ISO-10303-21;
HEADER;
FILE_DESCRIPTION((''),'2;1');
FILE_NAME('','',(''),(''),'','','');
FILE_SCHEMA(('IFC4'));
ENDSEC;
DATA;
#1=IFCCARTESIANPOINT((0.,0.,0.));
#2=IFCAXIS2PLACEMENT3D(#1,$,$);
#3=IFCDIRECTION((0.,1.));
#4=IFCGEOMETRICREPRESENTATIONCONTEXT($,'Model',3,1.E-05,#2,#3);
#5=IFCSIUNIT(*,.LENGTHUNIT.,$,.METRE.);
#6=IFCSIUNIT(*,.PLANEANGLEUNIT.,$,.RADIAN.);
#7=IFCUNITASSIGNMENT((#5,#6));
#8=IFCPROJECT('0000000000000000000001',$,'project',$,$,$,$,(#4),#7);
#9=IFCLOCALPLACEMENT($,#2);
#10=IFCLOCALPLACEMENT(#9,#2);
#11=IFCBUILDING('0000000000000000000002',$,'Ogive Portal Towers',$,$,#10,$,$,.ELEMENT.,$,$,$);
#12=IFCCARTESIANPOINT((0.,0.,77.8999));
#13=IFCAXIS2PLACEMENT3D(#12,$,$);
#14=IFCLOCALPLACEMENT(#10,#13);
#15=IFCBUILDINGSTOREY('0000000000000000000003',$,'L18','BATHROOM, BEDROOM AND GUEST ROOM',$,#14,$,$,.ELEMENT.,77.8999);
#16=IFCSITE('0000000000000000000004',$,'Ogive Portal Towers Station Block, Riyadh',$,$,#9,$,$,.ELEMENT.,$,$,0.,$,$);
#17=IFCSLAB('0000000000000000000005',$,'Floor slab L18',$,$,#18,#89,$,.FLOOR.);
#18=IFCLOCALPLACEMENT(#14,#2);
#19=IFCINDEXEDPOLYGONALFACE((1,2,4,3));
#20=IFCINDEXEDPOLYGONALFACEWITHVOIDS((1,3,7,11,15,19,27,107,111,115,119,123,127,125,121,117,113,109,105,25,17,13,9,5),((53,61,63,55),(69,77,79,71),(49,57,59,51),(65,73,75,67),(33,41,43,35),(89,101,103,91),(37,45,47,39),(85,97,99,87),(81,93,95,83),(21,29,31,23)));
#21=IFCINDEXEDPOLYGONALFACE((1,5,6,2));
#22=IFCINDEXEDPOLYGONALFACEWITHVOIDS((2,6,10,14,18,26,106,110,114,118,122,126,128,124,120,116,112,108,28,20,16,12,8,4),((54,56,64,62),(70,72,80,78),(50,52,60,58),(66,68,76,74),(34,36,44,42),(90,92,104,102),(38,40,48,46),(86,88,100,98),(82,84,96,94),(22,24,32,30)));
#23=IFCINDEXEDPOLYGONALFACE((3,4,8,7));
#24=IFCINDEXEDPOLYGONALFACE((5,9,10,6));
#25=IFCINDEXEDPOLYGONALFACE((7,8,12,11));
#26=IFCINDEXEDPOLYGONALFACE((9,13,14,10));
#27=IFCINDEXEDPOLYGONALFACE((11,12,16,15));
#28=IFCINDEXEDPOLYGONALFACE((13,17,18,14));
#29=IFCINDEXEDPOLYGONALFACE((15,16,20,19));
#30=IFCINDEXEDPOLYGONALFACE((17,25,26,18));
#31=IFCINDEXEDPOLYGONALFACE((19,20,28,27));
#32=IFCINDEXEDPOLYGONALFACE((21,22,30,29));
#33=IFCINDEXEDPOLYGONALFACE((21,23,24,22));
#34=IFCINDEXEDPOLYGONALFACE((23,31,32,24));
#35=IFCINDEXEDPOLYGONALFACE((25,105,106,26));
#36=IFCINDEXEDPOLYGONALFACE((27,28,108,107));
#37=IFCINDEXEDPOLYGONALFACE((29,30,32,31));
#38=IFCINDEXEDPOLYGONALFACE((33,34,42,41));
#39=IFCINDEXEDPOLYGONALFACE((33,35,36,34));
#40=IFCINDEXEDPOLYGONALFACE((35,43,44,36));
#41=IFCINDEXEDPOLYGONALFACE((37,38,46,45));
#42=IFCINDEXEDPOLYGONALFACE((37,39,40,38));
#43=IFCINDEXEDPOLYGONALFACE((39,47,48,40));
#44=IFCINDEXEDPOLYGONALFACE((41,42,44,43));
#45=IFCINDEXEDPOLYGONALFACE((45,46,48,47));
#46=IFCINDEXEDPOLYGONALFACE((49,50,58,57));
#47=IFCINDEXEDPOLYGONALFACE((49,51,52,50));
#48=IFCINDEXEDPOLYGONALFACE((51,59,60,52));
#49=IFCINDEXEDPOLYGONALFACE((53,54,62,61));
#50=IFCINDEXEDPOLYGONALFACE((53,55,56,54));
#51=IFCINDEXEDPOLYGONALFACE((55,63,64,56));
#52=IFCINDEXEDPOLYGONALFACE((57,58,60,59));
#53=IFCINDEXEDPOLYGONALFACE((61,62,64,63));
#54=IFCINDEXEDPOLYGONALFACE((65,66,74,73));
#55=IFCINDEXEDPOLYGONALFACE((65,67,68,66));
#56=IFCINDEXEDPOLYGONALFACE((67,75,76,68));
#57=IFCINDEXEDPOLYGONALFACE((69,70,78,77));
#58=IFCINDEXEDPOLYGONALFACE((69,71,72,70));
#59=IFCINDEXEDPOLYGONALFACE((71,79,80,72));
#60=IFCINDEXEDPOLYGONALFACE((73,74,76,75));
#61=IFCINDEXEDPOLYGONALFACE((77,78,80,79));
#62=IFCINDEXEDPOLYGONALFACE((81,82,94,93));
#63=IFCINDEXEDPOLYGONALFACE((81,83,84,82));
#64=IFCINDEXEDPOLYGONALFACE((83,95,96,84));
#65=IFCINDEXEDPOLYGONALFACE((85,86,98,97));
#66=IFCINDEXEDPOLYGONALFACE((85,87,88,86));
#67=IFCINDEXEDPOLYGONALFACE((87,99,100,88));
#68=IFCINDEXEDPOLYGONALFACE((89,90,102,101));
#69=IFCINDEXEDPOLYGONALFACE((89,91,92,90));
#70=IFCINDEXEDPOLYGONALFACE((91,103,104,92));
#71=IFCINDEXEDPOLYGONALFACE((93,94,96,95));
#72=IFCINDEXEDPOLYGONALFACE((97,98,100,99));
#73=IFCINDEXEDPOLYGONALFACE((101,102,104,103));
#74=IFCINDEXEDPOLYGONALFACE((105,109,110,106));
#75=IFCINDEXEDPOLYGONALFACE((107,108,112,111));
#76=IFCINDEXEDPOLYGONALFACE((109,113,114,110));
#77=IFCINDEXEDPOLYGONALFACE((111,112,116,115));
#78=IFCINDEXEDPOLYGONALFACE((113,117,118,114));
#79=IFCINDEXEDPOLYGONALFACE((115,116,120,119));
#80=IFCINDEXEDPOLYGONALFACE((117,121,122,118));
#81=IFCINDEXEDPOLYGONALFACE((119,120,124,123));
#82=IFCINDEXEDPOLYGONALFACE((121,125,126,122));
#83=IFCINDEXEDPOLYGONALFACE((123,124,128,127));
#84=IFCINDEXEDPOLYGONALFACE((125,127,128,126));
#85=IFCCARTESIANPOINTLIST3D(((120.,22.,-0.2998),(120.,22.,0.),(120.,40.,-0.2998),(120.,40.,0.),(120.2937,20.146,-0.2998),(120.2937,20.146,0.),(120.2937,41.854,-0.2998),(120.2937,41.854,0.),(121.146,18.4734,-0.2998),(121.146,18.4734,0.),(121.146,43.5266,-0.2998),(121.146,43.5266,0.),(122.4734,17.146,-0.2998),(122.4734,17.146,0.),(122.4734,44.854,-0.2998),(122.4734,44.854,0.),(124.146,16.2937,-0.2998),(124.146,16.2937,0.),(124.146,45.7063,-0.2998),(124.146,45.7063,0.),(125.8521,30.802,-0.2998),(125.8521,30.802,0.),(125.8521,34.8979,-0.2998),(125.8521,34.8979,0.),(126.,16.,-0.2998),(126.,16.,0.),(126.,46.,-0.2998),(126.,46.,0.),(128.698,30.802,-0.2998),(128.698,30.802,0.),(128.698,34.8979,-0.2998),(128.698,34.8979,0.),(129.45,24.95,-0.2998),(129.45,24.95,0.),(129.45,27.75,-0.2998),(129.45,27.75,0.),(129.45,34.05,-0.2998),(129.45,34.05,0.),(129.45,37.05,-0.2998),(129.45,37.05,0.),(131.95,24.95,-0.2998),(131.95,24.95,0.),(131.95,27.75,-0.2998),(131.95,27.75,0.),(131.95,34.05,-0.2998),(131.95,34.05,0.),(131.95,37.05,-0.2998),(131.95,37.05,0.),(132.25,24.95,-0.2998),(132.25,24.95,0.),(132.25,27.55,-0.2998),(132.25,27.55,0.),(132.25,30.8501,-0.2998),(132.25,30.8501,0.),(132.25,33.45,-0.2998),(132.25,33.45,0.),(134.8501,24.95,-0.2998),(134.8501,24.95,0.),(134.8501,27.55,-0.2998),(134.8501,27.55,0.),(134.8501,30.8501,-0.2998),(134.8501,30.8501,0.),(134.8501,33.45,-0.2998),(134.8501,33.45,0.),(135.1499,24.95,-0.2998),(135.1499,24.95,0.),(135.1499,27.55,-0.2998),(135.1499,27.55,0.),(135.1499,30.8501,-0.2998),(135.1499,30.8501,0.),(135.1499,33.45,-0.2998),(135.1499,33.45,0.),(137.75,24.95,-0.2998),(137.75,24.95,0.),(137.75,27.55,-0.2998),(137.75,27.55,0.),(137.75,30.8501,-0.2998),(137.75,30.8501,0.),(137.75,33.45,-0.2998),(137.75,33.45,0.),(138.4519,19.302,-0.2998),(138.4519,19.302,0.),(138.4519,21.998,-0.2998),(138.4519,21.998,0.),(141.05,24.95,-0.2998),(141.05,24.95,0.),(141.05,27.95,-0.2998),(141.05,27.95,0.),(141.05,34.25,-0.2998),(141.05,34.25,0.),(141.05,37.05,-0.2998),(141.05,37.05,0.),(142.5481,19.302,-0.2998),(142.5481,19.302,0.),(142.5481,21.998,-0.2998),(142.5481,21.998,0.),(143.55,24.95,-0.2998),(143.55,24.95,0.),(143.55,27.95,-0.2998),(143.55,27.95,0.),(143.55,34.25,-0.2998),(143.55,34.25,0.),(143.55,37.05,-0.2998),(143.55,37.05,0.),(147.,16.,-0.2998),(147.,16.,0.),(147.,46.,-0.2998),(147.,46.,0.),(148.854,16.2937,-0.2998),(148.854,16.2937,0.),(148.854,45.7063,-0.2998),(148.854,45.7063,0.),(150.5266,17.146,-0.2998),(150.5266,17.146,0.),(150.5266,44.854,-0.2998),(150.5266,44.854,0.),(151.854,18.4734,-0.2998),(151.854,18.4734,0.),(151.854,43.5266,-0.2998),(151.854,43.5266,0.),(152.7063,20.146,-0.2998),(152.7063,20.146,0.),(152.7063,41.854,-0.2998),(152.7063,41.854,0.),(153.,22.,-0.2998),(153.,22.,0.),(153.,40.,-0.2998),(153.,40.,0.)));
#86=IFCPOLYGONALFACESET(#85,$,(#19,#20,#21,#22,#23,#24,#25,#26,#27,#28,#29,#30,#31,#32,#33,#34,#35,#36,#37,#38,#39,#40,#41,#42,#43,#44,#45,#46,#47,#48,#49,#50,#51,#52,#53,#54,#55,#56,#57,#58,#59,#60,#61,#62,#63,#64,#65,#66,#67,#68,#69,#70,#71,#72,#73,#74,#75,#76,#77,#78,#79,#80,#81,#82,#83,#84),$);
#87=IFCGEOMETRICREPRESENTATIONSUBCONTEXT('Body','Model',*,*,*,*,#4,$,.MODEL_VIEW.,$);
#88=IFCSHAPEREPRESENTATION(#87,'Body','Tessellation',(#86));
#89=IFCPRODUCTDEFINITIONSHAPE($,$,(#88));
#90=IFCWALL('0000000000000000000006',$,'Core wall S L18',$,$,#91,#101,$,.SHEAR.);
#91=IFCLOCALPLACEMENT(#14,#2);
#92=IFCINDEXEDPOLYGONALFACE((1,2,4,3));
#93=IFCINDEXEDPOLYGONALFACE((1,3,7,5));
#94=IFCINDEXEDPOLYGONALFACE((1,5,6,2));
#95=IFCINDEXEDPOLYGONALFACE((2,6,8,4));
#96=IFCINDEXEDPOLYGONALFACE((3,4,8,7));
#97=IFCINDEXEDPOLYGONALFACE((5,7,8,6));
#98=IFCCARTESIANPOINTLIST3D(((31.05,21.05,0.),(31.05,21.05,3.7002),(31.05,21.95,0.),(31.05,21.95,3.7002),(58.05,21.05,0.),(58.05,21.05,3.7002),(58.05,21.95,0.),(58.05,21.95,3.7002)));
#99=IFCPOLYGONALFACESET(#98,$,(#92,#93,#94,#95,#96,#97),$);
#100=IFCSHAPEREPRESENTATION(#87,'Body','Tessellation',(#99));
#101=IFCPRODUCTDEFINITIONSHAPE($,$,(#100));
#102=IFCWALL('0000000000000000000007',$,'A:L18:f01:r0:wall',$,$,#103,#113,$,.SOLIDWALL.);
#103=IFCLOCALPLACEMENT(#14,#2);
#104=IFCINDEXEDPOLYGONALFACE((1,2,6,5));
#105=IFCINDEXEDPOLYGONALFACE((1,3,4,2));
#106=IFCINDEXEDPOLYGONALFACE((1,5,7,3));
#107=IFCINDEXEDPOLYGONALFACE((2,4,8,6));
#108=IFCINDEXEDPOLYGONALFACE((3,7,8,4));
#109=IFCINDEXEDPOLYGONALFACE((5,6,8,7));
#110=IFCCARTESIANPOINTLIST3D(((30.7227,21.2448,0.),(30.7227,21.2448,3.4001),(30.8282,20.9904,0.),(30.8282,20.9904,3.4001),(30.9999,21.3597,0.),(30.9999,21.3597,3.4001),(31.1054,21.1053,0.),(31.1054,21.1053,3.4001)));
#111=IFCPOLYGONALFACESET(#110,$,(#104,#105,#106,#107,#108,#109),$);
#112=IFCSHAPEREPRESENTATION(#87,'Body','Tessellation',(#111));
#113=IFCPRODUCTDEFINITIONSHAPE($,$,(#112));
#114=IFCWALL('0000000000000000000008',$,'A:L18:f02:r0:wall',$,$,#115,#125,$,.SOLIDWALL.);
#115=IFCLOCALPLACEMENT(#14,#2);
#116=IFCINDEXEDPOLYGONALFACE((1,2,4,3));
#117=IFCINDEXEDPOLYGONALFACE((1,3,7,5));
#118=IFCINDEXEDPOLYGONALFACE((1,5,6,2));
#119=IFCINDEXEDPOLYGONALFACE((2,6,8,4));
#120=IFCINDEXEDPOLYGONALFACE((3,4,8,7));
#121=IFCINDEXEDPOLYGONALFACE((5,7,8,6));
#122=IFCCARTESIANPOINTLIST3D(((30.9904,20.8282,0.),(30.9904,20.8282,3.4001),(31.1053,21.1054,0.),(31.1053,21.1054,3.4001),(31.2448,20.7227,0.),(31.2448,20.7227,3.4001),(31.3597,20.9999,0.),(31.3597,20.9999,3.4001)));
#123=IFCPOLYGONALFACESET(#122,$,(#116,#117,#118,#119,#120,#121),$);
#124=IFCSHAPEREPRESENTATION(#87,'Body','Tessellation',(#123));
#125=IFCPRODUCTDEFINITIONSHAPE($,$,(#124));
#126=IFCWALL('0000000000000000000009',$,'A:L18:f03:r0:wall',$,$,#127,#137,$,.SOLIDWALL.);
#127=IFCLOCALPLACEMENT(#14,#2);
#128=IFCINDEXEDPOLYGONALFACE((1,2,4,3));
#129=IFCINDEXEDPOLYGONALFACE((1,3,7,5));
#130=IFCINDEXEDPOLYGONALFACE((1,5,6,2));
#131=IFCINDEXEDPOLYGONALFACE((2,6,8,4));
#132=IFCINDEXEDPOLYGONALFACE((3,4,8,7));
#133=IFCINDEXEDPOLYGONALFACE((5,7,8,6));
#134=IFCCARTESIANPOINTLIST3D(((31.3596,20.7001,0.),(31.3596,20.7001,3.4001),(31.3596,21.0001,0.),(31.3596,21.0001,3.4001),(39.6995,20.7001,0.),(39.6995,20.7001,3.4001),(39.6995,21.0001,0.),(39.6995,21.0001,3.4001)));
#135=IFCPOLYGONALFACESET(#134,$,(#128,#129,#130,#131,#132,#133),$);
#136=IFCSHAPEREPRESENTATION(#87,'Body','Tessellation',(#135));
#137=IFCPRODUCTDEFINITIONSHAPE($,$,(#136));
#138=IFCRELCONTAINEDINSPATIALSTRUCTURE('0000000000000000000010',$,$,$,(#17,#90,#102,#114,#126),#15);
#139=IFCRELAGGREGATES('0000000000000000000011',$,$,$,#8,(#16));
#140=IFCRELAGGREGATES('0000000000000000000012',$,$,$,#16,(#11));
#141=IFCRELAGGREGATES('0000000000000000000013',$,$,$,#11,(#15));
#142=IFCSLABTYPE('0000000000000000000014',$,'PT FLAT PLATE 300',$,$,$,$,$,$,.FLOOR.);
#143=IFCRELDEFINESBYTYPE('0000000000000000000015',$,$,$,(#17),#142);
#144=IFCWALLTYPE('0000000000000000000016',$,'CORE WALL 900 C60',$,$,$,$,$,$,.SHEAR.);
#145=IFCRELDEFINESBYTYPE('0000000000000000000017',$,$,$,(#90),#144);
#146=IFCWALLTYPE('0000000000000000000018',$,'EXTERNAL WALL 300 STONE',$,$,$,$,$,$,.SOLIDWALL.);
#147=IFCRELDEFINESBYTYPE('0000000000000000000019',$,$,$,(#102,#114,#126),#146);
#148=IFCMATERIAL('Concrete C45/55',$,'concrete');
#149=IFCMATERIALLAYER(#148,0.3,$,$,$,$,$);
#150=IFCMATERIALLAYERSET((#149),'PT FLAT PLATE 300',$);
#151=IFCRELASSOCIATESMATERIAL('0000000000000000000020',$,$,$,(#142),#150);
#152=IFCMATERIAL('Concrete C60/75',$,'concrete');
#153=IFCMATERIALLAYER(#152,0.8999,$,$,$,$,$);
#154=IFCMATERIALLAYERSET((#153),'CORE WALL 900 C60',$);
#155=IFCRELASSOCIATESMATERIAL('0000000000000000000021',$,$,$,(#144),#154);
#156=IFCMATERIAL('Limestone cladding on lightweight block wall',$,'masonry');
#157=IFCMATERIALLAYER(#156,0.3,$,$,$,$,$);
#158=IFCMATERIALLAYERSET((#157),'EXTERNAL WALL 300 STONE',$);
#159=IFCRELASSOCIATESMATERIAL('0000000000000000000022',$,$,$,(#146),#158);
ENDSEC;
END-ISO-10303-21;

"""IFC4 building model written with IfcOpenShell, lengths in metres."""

from ifc_helpers import new_model, si_unit, direction, frame, frame_2d, origin, place, context, subcontext, project, spatial, polyline, rectangle, outline, extrude, material, layer, layer_set, type_object, element, save


model = new_model("IFC4")

# Units and contexts
model_context = context("Model", 3, precision=1e-05, world=origin(), true_north=direction((0.0, 1.0)))
body_context = subcontext(model_context, "Body", "Model", "MODEL_VIEW")
ifc_project = project(units=[si_unit("LENGTHUNIT", "METRE"), si_unit("PLANEANGLEUNIT", "RADIAN")], contexts=[model_context])

# Site, building, storey
site_placement = place(None, origin())
site = spatial("IfcSite", under=ifc_project, at=site_placement, Name="Ogive Portal Towers Station Block, Riyadh", CompositionType="ELEMENT", RefElevation=0.0)
building_placement = place(site_placement, origin())
building = spatial("IfcBuilding", under=site, at=building_placement, Name="Ogive Portal Towers", CompositionType="ELEMENT")
storey_placement = place(building_placement, frame((0.0, 0.0, 77.8999)))
storey = spatial("IfcBuildingStorey", under=building, at=storey_placement, Name="L18", Description="BATHROOM, BEDROOM AND GUEST ROOM", CompositionType="ELEMENT", Elevation=77.8999)

# Slab
ifc_material_1 = material(Name="Concrete C45/55", Category="concrete")
ifc_layer_1 = layer(ifc_material_1, 0.3)
ifc_layer_set_1 = layer_set([ifc_layer_1], Name="PT FLAT PLATE 300")
slab_type_1 = type_object("IfcSlabType", Name="PT FLAT PLATE 300", PredefinedType="FLOOR", material=ifc_layer_set_1)
slab_1_placement = place(storey_placement, frame((0.0, 0.0, -0.2998)))
element("IfcSlab", 1, at=slab_1_placement, inside=storey, type_object=slab_type_1, Name="Floor slab L18", PredefinedType="FLOOR", context=body_context, shape_type="SweptSolid", body=[
    extrude(outline(polyline([(120.0, 40.0), (120.0, 22.0), (120.2937, 20.146), (121.146, 18.4734), (122.4734, 17.146), (124.146, 16.2937), (126.0, 16.0), (147.0, 16.0), (148.854, 16.2937), (150.5266, 17.146), (151.854, 18.4734), (152.7063, 20.146), (153.0, 22.0), (153.0, 40.0), (152.7063, 41.854), (151.854, 43.5266), (150.5266, 44.854), (148.854, 45.7063), (147.0, 46.0), (126.0, 46.0), (124.146, 45.7063), (122.4734, 44.854), (121.146, 43.5266), (120.2937, 41.854), (120.0, 40.0)]), holes=[polyline([(131.95, 27.75), (131.95, 24.95), (129.45, 24.95), (129.45, 27.75), (131.95, 27.75)]), polyline([(128.698, 34.8979), (128.698, 30.802), (125.8521, 30.802), (125.8521, 34.8979), (128.698, 34.8979)]), polyline([(131.95, 37.05), (131.95, 34.05), (129.45, 34.05), (129.45, 37.05), (131.95, 37.05)]), polyline([(138.4519, 21.998), (142.5481, 21.998), (142.5481, 19.302), (138.4519, 19.302), (138.4519, 21.998)]), polyline([(134.8501, 27.55), (134.8501, 24.95), (132.25, 24.95), (132.25, 27.55), (134.8501, 27.55)]), polyline([(137.75, 27.55), (137.75, 24.95), (135.1499, 24.95), (135.1499, 27.55), (137.75, 27.55)]), polyline([(143.55, 27.95), (143.55, 24.95), (141.05, 24.95), (141.05, 27.95), (143.55, 27.95)]), polyline([(134.8501, 33.45), (134.8501, 30.8501), (132.25, 30.8501), (132.25, 33.45), (134.8501, 33.45)]), polyline([(137.75, 33.45), (137.75, 30.8501), (135.1499, 30.8501), (135.1499, 33.45), (137.75, 33.45)]), polyline([(141.05, 37.05), (143.55, 37.05), (143.55, 34.25), (141.05, 34.25), (141.05, 37.05)])]), origin(), (0.0, 0.0, 1.0), 0.2998),
])

# Walls
ifc_material_2 = material(Name="Concrete C60/75", Category="concrete")
ifc_layer_2 = layer(ifc_material_2, 0.8999)
ifc_layer_set_2 = layer_set([ifc_layer_2], Name="CORE WALL 900 C60")
wall_type_1 = type_object("IfcWallType", Name="CORE WALL 900 C60", PredefinedType="SHEAR", material=ifc_layer_set_2)
wall_1_placement = place(storey_placement, frame((31.05, 21.5, 0.0), z_axis=(0.0, 0.0, 1.0), x_axis=(1.0, 0.0, 0.0)))
element("IfcWall", 2, at=wall_1_placement, inside=storey, type_object=wall_type_1, Name="Core wall S L18", PredefinedType="SHEAR", context=body_context, shape_type="SweptSolid", body=[
    extrude(rectangle(XDim=27.0, YDim=0.8999, at=frame_2d((13.5, 0.0))), origin(), (0.0, 0.0, 1.0), 3.7002),
])
ifc_material_3 = material(Name="Limestone cladding on lightweight block wall", Category="masonry")
ifc_layer_3 = layer(ifc_material_3, 0.3)
ifc_layer_set_3 = layer_set([ifc_layer_3], Name="EXTERNAL WALL 300 STONE")
wall_type_2 = type_object("IfcWallType", Name="EXTERNAL WALL 300 STONE", PredefinedType="SOLIDWALL", material=ifc_layer_set_3)
for number, where, z_axis, x_axis, name in (
    (3, (30.8613, 21.3022, 0.0), (0.0, 0.0, 1.0), (0.382978, -0.923757, 0.0), "A:L18:f01:r0:wall"),
    (4, (31.0479, 20.9668, 0.0), (0.0, 0.0, 1.0), (0.923757, -0.382978, 0.0), "A:L18:f02:r0:wall"),
):
    element("IfcWall", number, at=place(storey_placement, frame(where, z_axis=z_axis, x_axis=x_axis)), inside=storey, type_object=wall_type_2, Name=name, PredefinedType="SOLIDWALL", context=body_context, shape_type="SweptSolid", body=[
        extrude(rectangle(XDim=0.2754, YDim=0.3, at=frame_2d((0.1377, 0.0))), origin(), (0.0, 0.0, 1.0), 3.4001),
    ])
wall_2_placement = place(storey_placement, frame((31.3596, 20.8501, 0.0), z_axis=(0.0, 0.0, 1.0), x_axis=(1.0, 0.0, 0.0)))
element("IfcWall", 5, at=wall_2_placement, inside=storey, type_object=wall_type_2, Name="A:L18:f03:r0:wall", PredefinedType="SOLIDWALL", context=body_context, shape_type="SweptSolid", body=[
    extrude(rectangle(XDim=8.3398, YDim=0.3, at=frame_2d((4.1699, 0.0))), origin(), (0.0, 0.0, 1.0), 3.4001),
])

save(model, "model.ifc")
